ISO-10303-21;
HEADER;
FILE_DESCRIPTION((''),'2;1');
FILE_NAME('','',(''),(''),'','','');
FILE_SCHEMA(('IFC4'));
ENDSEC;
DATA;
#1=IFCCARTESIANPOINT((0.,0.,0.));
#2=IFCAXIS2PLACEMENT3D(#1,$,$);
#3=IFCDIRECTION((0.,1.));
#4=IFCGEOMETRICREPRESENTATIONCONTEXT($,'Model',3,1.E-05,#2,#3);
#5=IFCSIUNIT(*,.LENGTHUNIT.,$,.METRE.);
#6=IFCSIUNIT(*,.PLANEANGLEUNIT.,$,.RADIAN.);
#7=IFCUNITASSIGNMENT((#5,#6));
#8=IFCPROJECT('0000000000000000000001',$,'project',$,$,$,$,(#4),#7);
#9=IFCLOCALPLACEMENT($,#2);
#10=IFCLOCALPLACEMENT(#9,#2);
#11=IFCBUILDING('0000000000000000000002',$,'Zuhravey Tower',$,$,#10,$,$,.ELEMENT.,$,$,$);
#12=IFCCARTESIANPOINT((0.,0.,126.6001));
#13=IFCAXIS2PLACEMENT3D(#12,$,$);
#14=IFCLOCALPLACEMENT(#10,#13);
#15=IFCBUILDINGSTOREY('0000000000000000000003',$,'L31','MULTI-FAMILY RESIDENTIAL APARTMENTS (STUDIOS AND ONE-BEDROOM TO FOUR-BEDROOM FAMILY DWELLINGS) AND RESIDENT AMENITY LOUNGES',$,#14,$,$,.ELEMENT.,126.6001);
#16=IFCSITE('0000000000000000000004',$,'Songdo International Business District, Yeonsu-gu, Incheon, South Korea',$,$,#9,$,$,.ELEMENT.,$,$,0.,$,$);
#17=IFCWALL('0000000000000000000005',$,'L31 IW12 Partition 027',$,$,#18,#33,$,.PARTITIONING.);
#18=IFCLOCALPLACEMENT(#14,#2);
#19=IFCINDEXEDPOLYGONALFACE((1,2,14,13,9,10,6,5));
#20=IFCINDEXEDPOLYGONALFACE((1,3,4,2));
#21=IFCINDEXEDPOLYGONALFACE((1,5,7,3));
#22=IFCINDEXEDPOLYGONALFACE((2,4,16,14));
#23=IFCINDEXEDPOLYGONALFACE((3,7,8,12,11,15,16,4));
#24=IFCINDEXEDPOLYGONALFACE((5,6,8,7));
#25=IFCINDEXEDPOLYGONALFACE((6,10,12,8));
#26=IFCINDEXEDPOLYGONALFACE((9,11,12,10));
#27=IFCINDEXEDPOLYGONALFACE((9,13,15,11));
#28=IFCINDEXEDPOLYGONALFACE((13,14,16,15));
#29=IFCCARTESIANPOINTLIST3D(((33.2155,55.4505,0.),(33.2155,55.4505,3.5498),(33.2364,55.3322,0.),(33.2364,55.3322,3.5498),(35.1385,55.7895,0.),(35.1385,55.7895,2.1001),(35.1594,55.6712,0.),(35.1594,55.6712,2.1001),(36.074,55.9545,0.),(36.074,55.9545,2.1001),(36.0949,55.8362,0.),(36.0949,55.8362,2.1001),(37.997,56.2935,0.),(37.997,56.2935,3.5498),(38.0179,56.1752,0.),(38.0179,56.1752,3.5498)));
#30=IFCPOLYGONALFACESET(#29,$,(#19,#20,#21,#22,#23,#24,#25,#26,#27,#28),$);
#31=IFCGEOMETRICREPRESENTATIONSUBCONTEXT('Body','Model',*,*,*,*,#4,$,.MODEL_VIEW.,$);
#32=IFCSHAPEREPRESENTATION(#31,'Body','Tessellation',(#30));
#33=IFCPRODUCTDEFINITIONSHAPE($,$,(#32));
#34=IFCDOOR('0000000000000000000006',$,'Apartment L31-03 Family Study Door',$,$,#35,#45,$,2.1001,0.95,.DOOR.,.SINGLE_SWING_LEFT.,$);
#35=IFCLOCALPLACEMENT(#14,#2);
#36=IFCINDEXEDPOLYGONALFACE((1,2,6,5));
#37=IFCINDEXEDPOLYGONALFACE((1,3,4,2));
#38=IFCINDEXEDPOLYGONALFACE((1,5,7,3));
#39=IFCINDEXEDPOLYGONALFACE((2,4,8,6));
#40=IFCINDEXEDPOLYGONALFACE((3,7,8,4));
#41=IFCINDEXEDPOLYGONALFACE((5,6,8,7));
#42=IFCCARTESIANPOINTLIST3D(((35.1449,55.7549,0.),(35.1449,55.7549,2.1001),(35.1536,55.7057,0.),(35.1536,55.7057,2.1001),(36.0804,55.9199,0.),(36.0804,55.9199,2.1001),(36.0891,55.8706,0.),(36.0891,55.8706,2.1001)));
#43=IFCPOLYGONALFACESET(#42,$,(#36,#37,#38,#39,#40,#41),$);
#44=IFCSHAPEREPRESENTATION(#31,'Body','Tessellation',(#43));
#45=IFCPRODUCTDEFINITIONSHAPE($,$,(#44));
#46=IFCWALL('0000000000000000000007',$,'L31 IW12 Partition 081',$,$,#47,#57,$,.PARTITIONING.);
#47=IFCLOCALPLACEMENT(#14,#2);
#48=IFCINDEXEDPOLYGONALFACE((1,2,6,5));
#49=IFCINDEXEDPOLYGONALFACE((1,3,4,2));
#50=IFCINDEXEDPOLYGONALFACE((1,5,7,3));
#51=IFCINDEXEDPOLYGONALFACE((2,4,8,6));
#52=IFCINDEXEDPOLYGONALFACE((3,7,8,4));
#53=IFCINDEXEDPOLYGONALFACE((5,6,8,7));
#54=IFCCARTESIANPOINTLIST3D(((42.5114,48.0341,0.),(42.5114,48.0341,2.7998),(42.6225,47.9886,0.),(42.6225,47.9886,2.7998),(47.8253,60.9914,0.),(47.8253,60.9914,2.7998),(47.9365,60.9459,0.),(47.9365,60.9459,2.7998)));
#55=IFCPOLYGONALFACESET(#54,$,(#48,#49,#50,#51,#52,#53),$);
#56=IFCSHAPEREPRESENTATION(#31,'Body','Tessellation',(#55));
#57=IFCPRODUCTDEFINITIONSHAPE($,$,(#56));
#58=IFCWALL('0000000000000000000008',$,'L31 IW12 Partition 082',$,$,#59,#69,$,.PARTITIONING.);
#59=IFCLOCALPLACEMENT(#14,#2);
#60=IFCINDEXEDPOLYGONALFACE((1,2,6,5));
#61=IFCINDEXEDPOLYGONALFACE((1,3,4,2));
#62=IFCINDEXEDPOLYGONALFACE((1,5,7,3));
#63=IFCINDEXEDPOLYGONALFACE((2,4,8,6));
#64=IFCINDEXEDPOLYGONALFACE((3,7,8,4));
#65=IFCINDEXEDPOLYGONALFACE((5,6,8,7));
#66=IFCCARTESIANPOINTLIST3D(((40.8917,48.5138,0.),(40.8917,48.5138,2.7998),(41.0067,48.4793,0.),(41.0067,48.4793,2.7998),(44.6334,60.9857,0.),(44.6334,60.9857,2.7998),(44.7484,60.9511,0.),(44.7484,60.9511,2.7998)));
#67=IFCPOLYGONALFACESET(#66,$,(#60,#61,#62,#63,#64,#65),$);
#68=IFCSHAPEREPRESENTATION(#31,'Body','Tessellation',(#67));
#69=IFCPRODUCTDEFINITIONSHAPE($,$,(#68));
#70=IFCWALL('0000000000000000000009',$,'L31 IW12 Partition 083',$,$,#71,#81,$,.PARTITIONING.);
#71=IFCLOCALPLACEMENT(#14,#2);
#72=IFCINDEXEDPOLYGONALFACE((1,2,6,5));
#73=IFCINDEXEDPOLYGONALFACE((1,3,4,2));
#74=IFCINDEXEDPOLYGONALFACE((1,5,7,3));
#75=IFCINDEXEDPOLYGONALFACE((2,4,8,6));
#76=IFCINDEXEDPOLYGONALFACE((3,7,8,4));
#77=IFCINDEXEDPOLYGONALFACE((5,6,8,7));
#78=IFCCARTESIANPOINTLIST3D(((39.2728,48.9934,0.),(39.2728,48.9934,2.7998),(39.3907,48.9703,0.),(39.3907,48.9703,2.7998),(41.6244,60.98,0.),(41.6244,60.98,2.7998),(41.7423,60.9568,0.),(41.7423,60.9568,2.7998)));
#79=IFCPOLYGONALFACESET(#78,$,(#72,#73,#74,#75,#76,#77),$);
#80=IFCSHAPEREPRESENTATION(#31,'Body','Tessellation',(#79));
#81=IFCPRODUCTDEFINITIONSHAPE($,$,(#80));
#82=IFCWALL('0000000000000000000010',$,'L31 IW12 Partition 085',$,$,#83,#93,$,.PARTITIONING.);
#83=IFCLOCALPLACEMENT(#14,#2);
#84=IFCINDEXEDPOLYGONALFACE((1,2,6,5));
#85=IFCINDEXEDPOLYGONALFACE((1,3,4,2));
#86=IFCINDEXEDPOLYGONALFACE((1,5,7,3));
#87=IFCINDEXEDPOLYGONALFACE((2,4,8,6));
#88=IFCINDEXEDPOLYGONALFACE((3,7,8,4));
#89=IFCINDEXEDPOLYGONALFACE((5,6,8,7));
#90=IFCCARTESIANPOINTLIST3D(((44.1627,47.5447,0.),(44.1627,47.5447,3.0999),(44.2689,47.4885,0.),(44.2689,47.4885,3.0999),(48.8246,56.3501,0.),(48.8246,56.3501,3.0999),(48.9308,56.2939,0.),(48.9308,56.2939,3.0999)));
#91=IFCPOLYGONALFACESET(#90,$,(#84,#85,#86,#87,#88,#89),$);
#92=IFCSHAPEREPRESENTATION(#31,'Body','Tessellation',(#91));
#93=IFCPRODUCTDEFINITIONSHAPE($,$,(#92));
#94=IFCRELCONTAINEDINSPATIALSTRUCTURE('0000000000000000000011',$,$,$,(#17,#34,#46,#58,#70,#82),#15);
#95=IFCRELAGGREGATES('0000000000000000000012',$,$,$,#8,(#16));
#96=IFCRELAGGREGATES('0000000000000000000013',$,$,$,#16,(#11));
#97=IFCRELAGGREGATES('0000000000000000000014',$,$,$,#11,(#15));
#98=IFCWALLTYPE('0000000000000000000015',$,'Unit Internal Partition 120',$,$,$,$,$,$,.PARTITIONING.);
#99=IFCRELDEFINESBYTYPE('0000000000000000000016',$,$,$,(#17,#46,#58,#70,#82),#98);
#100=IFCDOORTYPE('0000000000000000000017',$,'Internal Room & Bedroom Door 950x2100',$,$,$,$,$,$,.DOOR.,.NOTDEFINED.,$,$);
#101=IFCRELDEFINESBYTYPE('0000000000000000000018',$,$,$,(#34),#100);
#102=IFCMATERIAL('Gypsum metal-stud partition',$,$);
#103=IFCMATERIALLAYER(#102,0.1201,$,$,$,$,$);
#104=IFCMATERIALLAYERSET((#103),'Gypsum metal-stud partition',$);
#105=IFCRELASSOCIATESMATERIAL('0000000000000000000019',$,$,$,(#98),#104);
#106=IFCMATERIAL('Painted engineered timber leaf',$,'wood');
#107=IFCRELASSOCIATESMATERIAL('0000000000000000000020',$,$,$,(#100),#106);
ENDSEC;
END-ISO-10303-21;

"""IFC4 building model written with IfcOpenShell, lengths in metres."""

from ifc_helpers import new_model, si_unit, direction, frame, frame_2d, origin, place, context, subcontext, project, spatial, rectangle, extrude, material, layer, layer_set, type_object, element, fill, save


model = new_model("IFC4")

# Units and contexts
model_context = context("Model", 3, precision=1e-05, world=origin(), true_north=direction((0.0, 1.0)))
body_context = subcontext(model_context, "Body", "Model", "MODEL_VIEW")
ifc_project = project(units=[si_unit("LENGTHUNIT", "METRE"), si_unit("PLANEANGLEUNIT", "RADIAN")], contexts=[model_context])

# Site, building, storey
site_placement = place(None, origin())
site = spatial("IfcSite", under=ifc_project, at=site_placement, Name="Songdo International Business District, Yeonsu-gu, Incheon, South Korea", CompositionType="ELEMENT", RefElevation=0.0)
building_placement = place(site_placement, origin())
building = spatial("IfcBuilding", under=site, at=building_placement, Name="Zuhravey Tower", CompositionType="ELEMENT")
storey_placement = place(building_placement, frame((0.0, 0.0, 126.6001)))
storey = spatial("IfcBuildingStorey", under=building, at=storey_placement, Name="L31", Description="MULTI-FAMILY RESIDENTIAL APARTMENTS (STUDIOS AND ONE-BEDROOM TO FOUR-BEDROOM FAMILY DWELLINGS) AND RESIDENT AMENITY LOUNGES", CompositionType="ELEMENT", Elevation=126.6001)

# Shared definitions
ifc_material_1 = material(Name="Gypsum metal-stud partition")
ifc_layer_1 = layer(ifc_material_1, 0.1201)
ifc_layer_set_1 = layer_set([ifc_layer_1], Name="Gypsum metal-stud partition")
wall_type_1 = type_object("IfcWallType", Name="Unit Internal Partition 120", PredefinedType="PARTITIONING", material=ifc_layer_set_1)
ifc_material_2 = material(Name="Painted engineered timber leaf", Category="wood")
door_type_1 = type_object("IfcDoorType", Name="Internal Room & Bedroom Door 950x2100", OperationType="NOTDEFINED", PredefinedType="DOOR", material=ifc_material_2)

# Wall, opening, door
wall_1_placement = place(storey_placement, frame((38.0076, 56.2344, 0.0), z_axis=(0.0, 0.0, 1.0), x_axis=(-0.984811, -0.17363, 0.0)))
wall_1 = element("IfcWall", 1, at=wall_1_placement, inside=storey, type_object=wall_type_1, Name="L31 IW12 Partition 027", PredefinedType="PARTITIONING", context=body_context, shape_type="SweptSolid", body=[
    extrude(rectangle(XDim=4.8552, YDim=0.1201, at=frame_2d((2.4277, 0.0))), origin(), (0.0, 0.0, 1.0), 3.5498),
])
opening_1_placement = place(wall_1_placement, frame((1.9526, 0.0, 0.0)))
opening_1 = element("IfcOpeningElement", 2, at=opening_1_placement, cuts=wall_1, PredefinedType="OPENING", context=body_context, shape_type="SweptSolid", body=[
    extrude(rectangle(XDim=0.95, YDim=2.1001, at=frame_2d((0.4751, 1.05))), frame((0.0, 0.072, 0.0), z_axis=(0.0, -1.0, 0.0), x_axis=(1.0, 0.0, 0.0)), (0.0, 0.0, 1.0), 0.144),
])
door_1_placement = place(opening_1_placement, frame((0.95, 0.0, 0.0), z_axis=(0.0, 0.0, 1.0), x_axis=(-1.0, 0.0, 0.0)))
door_1 = element("IfcDoor", 3, at=door_1_placement, inside=storey, type_object=door_type_1, Name="Apartment L31-03 Family Study Door", OperationType="SINGLE_SWING_LEFT", OverallHeight=2.1001, OverallWidth=0.95, PredefinedType="DOOR", context=body_context, shape_type="SweptSolid", body=[
    extrude(rectangle(XDim=0.95, YDim=2.1001, at=frame_2d((0.4751, 1.05))), frame((0.0, 0.0249, 0.0), z_axis=(0.0, -1.0, 0.0), x_axis=(1.0, 0.0, 0.0)), (0.0, 0.0, 1.0), 0.05),
])
fill(opening_1, door_1)

# Walls
wall_2_placement = place(storey_placement, frame((42.5669, 48.0112, 0.0), z_axis=(0.0, 0.0, 1.0), x_axis=(0.379444, 0.925215, 0.0)))
element("IfcWall", 4, at=wall_2_placement, inside=storey, type_object=wall_type_1, Name="L31 IW12 Partition 081", PredefinedType="PARTITIONING", context=body_context, shape_type="SweptSolid", body=[
    extrude(rectangle(XDim=14.0046, YDim=0.1201, at=frame_2d((7.0024, 0.0))), origin(), (0.0, 0.0, 1.0), 2.7998),
])
wall_3_placement = place(storey_placement, frame((40.9492, 48.4966, 0.0), z_axis=(0.0, 0.0, 1.0), x_axis=(0.287356, 0.957824, 0.0)))
element("IfcWall", 5, at=wall_3_placement, inside=storey, type_object=wall_type_1, Name="L31 IW12 Partition 082", PredefinedType="PARTITIONING", context=body_context, shape_type="SweptSolid", body=[
    extrude(rectangle(XDim=13.021, YDim=0.1201, at=frame_2d((6.5105, 0.0))), origin(), (0.0, 0.0, 1.0), 2.7998),
])
wall_4_placement = place(storey_placement, frame((39.3318, 48.9819, 0.0), z_axis=(0.0, 0.0, 1.0), x_axis=(0.192513, 0.981294, 0.0)))
element("IfcWall", 6, at=wall_4_placement, inside=storey, type_object=wall_type_1, Name="L31 IW12 Partition 083", PredefinedType="PARTITIONING", context=body_context, shape_type="SweptSolid", body=[
    extrude(rectangle(XDim=12.2151, YDim=0.1201, at=frame_2d((6.1074, 0.0))), origin(), (0.0, 0.0, 1.0), 2.7998),
])
wall_5_placement = place(storey_placement, frame((44.2158, 47.5166, 0.0), z_axis=(0.0, 0.0, 1.0), x_axis=(0.467901, 0.883781, 0.0)))
element("IfcWall", 7, at=wall_5_placement, inside=storey, type_object=wall_type_1, Name="L31 IW12 Partition 085", PredefinedType="PARTITIONING", context=body_context, shape_type="SweptSolid", body=[
    extrude(rectangle(XDim=9.9634, YDim=0.1201, at=frame_2d((4.9817, 0.0))), origin(), (0.0, 0.0, 1.0), 3.0999),
])

save(model, "model.ifc")
